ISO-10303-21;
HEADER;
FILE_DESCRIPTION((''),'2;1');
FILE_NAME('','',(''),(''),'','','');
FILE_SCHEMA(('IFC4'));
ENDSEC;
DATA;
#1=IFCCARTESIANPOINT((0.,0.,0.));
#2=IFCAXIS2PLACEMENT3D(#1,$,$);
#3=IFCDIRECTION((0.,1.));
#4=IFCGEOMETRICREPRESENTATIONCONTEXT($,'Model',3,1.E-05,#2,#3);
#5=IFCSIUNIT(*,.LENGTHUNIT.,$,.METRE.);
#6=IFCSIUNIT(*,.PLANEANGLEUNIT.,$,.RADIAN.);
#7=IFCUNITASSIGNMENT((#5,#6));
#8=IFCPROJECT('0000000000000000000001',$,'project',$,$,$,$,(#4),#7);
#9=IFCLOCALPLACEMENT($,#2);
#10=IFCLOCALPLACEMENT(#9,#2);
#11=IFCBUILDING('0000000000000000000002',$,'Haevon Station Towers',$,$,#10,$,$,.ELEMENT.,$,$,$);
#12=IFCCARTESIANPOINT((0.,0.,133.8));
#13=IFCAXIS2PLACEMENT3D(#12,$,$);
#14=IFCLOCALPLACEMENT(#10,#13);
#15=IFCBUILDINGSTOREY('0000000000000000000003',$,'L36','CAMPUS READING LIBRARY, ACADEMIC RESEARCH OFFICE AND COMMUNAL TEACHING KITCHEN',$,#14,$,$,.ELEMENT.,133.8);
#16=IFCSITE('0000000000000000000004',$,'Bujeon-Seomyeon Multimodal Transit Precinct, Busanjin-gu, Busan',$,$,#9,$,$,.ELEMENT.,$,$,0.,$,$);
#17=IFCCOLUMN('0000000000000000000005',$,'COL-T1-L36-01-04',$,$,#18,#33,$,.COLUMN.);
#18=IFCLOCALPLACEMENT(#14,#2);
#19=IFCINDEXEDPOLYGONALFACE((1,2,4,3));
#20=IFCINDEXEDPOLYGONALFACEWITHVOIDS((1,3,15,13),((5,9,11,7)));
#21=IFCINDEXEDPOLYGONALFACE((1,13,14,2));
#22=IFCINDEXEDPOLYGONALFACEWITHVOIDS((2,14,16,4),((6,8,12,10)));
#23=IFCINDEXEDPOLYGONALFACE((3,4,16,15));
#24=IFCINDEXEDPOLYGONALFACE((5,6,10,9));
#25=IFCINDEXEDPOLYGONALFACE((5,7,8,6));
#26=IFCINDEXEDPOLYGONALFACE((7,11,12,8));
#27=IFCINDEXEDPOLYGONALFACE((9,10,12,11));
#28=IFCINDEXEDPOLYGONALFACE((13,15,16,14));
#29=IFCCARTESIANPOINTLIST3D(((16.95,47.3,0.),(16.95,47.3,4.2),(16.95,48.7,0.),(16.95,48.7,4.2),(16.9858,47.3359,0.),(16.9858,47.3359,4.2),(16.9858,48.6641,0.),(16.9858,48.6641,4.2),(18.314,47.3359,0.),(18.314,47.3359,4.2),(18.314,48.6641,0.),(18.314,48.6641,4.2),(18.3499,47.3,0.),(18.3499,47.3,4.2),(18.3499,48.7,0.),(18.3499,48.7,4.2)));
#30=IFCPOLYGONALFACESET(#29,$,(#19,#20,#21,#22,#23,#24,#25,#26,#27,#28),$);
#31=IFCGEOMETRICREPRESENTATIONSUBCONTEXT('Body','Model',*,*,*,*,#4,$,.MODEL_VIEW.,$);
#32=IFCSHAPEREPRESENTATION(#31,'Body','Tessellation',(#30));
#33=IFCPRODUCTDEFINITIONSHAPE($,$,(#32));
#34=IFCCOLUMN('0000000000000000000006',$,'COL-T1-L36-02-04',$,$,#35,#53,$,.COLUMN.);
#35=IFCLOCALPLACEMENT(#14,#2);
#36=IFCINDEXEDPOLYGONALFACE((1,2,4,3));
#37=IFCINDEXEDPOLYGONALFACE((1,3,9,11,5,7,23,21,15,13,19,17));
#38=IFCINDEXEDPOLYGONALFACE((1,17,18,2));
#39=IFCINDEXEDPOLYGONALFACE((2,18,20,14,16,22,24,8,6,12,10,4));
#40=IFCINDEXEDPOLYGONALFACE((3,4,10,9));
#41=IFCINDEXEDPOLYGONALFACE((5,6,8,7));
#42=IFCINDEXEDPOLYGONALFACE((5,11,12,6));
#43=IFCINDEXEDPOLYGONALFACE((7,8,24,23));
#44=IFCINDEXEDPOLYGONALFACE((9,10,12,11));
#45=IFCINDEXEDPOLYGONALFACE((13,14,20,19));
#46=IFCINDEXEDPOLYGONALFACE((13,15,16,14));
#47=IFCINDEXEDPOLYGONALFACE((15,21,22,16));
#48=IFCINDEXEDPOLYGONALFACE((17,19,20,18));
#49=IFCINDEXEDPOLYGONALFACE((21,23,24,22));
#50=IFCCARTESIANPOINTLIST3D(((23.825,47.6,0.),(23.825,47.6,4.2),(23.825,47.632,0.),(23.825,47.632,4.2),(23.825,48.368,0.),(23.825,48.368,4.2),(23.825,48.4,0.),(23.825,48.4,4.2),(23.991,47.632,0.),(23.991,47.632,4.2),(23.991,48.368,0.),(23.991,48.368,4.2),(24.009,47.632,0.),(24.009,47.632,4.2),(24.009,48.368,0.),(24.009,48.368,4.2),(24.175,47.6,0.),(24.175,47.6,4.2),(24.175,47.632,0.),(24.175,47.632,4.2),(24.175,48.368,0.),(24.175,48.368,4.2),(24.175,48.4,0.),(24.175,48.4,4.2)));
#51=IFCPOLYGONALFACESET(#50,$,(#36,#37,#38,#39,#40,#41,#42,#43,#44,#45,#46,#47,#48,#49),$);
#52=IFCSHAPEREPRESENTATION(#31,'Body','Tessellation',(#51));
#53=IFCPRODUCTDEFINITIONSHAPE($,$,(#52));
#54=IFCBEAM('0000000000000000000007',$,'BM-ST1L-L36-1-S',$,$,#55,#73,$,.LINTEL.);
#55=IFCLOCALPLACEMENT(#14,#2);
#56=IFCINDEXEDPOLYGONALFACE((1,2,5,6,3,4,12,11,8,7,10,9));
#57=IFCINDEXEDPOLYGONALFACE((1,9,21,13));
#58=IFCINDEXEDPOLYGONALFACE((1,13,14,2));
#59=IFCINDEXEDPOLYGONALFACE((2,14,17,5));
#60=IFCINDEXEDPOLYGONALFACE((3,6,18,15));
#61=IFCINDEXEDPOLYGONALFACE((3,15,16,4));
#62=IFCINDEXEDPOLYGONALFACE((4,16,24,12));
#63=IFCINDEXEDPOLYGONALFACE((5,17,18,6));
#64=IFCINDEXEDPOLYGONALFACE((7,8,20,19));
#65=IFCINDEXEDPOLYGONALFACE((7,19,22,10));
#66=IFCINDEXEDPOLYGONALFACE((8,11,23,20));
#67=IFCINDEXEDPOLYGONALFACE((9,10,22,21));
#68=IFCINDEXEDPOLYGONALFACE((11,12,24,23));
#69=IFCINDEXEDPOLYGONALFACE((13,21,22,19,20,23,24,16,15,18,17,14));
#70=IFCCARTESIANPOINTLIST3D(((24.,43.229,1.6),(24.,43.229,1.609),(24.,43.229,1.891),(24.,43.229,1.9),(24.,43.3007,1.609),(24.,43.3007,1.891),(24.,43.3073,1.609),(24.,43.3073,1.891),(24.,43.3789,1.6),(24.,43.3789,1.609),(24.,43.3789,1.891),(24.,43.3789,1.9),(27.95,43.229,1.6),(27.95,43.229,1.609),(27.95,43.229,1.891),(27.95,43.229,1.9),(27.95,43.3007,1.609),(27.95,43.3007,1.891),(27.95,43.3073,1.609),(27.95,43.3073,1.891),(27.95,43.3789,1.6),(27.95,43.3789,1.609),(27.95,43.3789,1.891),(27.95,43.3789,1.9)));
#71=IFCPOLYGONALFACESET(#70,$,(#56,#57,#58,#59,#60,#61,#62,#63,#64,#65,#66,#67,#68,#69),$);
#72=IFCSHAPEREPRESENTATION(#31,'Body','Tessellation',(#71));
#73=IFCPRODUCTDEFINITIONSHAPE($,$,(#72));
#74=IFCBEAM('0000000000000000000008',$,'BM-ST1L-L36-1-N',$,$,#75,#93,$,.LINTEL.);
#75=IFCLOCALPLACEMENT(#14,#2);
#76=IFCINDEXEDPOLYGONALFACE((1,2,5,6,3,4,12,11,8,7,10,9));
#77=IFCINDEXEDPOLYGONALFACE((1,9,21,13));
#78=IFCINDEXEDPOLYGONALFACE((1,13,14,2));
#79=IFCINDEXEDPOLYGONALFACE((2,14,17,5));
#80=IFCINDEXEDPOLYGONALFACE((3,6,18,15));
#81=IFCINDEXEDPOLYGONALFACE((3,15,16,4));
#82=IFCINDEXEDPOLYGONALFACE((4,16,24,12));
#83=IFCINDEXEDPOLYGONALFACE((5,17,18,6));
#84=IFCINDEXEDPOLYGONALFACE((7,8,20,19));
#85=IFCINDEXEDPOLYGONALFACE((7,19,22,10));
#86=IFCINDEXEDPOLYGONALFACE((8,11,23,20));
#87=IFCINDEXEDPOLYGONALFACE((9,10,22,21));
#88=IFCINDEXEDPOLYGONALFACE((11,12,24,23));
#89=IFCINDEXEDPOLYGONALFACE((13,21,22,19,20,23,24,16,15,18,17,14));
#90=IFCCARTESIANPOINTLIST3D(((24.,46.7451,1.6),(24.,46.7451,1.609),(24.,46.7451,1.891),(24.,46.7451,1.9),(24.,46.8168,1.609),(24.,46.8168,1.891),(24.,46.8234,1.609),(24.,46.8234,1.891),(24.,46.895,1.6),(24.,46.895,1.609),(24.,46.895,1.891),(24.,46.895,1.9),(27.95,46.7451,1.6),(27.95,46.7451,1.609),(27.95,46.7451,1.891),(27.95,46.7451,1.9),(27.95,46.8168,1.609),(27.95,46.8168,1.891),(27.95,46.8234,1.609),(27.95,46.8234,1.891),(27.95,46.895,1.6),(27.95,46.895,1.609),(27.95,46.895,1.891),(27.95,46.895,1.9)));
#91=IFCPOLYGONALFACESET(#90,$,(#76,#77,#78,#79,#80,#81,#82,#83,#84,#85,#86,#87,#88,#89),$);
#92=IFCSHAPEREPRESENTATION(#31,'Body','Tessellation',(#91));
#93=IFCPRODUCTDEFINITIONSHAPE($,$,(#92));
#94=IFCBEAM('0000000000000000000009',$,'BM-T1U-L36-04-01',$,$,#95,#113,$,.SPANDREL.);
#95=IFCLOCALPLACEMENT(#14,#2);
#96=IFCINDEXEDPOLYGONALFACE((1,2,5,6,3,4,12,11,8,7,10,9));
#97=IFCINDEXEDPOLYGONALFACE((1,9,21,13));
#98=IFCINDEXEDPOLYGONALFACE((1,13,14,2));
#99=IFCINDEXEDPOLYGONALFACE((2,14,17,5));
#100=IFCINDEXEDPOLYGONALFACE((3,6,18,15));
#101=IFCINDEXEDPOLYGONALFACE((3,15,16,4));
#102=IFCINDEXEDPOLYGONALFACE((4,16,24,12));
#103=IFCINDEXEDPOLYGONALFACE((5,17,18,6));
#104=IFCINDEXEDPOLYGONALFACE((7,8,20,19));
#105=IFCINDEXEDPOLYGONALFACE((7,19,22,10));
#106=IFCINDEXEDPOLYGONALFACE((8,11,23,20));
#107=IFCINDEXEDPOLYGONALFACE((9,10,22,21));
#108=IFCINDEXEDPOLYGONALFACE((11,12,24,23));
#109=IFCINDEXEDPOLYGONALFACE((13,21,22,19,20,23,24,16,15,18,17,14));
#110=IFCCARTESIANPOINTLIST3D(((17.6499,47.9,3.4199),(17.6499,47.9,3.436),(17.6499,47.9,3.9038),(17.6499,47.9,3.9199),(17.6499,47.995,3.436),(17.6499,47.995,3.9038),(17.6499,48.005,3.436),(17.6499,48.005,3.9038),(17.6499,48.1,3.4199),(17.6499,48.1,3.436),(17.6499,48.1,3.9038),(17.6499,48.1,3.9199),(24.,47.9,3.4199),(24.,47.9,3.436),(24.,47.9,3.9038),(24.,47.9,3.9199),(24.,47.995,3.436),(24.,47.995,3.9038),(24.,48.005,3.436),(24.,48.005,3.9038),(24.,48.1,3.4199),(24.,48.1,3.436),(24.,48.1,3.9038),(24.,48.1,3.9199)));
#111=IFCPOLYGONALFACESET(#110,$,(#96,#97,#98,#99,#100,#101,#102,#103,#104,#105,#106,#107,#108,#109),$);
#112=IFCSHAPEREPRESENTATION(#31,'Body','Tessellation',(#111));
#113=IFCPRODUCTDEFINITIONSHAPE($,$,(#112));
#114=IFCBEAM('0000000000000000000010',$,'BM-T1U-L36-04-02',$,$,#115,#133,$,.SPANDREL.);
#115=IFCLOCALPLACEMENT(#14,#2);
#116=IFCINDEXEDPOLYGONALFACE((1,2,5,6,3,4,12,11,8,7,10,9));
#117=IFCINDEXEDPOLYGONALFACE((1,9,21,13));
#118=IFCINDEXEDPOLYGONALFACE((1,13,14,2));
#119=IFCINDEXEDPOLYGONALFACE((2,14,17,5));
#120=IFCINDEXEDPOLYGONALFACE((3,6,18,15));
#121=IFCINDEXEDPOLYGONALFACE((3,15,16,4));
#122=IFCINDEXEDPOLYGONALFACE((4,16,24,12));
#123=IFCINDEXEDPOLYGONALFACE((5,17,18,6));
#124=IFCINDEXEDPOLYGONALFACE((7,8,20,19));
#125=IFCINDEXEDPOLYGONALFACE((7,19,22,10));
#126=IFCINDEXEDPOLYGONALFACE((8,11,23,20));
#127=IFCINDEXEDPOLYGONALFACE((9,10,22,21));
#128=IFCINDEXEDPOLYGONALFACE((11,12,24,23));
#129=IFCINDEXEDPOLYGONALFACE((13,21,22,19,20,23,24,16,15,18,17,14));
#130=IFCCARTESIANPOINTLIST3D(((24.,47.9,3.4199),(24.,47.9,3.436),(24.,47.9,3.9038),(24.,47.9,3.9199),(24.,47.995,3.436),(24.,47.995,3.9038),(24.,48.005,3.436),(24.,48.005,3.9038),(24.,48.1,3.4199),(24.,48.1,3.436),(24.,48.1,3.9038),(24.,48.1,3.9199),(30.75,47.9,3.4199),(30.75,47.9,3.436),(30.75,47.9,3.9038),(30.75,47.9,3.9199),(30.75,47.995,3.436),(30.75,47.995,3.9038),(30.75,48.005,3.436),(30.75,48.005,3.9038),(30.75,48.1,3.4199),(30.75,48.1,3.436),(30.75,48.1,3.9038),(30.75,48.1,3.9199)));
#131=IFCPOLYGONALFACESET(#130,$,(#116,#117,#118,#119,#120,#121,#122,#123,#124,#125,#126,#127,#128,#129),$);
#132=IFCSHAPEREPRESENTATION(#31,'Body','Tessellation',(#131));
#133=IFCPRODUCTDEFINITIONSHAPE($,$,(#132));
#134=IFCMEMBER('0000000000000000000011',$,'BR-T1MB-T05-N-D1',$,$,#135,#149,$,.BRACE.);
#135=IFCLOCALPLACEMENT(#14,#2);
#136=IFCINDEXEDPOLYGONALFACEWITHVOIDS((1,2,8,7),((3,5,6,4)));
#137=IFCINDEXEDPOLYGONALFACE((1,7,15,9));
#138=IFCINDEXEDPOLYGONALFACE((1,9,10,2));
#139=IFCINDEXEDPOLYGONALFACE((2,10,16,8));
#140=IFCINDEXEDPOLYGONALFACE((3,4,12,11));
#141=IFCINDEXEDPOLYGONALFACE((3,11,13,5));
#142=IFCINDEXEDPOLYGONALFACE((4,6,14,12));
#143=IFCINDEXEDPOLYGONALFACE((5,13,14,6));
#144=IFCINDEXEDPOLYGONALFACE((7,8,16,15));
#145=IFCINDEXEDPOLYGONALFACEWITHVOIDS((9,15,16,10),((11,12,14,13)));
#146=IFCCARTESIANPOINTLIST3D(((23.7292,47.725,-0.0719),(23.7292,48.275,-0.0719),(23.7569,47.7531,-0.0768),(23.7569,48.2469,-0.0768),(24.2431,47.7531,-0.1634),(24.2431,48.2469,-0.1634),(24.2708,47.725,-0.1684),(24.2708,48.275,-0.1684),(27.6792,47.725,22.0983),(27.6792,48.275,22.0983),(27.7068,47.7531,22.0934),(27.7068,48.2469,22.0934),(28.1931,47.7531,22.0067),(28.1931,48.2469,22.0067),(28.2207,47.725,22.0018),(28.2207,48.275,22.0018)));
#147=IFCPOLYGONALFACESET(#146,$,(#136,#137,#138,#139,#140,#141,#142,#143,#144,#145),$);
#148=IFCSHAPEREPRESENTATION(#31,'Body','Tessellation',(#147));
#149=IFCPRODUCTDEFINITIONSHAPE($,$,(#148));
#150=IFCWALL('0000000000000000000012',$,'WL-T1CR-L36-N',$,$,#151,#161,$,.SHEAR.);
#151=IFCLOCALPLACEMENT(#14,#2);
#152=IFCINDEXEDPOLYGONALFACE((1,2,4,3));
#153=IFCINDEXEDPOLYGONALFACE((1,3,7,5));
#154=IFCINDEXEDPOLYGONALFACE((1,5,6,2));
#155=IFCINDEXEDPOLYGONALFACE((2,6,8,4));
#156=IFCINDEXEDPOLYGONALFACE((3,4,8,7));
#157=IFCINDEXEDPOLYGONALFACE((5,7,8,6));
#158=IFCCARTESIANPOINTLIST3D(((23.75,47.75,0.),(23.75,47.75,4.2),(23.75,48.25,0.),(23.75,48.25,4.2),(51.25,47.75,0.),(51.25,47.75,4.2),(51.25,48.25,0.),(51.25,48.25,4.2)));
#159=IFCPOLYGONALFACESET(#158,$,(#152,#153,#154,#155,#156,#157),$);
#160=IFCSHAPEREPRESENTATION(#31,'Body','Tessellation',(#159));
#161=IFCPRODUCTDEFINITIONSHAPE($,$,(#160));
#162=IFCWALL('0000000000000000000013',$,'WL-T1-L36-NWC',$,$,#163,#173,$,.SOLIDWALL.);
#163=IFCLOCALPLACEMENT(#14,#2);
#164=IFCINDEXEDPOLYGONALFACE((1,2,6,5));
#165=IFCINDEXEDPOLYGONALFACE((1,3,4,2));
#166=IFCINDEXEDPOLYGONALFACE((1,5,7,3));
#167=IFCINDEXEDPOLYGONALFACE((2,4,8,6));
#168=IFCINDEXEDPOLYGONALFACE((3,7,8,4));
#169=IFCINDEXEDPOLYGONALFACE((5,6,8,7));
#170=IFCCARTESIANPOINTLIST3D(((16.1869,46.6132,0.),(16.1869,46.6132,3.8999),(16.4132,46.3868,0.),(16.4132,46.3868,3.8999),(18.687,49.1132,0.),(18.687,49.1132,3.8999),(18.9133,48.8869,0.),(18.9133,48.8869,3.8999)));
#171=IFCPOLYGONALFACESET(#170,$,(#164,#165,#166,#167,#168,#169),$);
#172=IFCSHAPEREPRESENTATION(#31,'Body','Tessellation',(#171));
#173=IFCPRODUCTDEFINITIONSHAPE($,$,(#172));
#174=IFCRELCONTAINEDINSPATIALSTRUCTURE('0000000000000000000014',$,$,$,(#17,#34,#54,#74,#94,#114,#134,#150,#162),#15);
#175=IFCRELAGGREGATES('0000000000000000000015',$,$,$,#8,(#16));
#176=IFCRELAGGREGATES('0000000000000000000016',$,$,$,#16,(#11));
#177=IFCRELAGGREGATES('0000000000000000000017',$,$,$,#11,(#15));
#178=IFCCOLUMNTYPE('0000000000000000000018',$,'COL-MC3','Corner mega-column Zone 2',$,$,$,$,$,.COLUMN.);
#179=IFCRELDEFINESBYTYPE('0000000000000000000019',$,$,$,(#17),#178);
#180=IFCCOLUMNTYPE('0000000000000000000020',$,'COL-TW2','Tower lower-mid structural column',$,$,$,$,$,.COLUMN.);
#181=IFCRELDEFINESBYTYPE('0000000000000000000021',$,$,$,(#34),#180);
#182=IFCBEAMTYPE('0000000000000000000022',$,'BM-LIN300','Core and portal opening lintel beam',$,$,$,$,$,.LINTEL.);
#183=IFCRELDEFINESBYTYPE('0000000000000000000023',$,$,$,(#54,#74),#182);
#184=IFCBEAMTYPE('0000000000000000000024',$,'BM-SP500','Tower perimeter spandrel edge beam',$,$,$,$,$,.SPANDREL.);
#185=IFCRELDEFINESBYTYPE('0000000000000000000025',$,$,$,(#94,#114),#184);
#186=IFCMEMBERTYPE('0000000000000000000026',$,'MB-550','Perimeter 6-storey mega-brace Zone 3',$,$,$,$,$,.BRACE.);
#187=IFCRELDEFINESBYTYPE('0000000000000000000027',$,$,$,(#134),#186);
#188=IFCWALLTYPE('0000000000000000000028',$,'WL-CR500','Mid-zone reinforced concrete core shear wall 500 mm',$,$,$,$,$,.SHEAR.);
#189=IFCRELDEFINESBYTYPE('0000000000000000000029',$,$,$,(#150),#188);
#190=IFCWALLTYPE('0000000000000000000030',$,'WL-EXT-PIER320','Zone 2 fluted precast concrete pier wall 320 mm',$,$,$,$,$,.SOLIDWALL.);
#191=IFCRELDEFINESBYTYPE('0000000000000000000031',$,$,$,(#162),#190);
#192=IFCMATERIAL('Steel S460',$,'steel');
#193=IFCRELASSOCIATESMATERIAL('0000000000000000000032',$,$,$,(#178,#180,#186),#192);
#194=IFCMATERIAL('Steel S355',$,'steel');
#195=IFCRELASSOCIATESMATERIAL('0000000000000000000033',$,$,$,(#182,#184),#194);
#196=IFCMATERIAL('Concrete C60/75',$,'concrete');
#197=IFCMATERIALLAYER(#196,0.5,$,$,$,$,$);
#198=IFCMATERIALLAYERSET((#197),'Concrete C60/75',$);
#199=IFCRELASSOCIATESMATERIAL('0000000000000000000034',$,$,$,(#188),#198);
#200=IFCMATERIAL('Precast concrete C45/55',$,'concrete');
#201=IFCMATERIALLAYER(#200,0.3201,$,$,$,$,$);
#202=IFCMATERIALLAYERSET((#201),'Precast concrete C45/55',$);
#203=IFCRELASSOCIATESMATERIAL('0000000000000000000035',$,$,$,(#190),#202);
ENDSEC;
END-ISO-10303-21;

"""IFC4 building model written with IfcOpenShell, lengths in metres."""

from ifc_helpers import new_model, si_unit, direction, frame, frame_2d, origin, origin_2d, place, context, subcontext, project, spatial, rectangle, hollow_rectangle, i_section, extrude, material, layer, layer_set, material_profile, profile_set, type_object, element, save


model = new_model("IFC4")

# Units and contexts
model_context = context("Model", 3, precision=1e-05, world=origin(), true_north=direction((0.0, 1.0)))
body_context = subcontext(model_context, "Body", "Model", "MODEL_VIEW")
ifc_project = project(units=[si_unit("LENGTHUNIT", "METRE"), si_unit("PLANEANGLEUNIT", "RADIAN")], contexts=[model_context])

# Site, building, storey
site_placement = place(None, origin())
site = spatial("IfcSite", under=ifc_project, at=site_placement, Name="Bujeon-Seomyeon Multimodal Transit Precinct, Busanjin-gu, Busan", CompositionType="ELEMENT", RefElevation=0.0)
building_placement = place(site_placement, origin())
building = spatial("IfcBuilding", under=site, at=building_placement, Name="Haevon Station Towers", CompositionType="ELEMENT")
storey_placement = place(building_placement, frame((0.0, 0.0, 133.8)))
storey = spatial("IfcBuildingStorey", under=building, at=storey_placement, Name="L36", Description="CAMPUS READING LIBRARY, ACADEMIC RESEARCH OFFICE AND COMMUNAL TEACHING KITCHEN", CompositionType="ELEMENT", Elevation=133.8)

# Columns
ifc_material_1 = material(Name="Steel S460", Category="steel")
ifc_material_profile_1 = material_profile(ifc_material_1, hollow_rectangle(XDim=1.3999, YDim=1.3999, WallThickness=0.0359, at=origin_2d()), Name="BOX-1400x1400x36")
ifc_profile_set_1 = profile_set([ifc_material_profile_1], Name="Steel S460")
column_type_1 = type_object("IfcColumnType", Name="COL-MC3", Description="Corner mega-column Zone 2", PredefinedType="COLUMN", material=ifc_profile_set_1)
column_1_placement = place(storey_placement, frame((17.6499, 48.0, 0.0), z_axis=(0.0, 0.0, 1.0), x_axis=(1.0, 0.0, 0.0)))
element("IfcColumn", 1, at=column_1_placement, inside=storey, type_object=column_type_1, Name="COL-T1-L36-01-04", PredefinedType="COLUMN", context=body_context, shape_type="SweptSolid", body=[
    extrude(hollow_rectangle(XDim=1.3999, YDim=1.3999, WallThickness=0.0359, at=origin_2d()), origin(), (0.0, 0.0, 1.0), 4.2),
])
ifc_material_profile_2 = material_profile(ifc_material_1, i_section(OverallWidth=0.3501, OverallDepth=0.8, WebThickness=0.0181, FlangeThickness=0.032, at=origin_2d()), Name="H-800x350x18x32")
ifc_profile_set_2 = profile_set([ifc_material_profile_2], Name="Steel S460")
column_type_2 = type_object("IfcColumnType", Name="COL-TW2", Description="Tower lower-mid structural column", PredefinedType="COLUMN", material=ifc_profile_set_2)
column_2_placement = place(storey_placement, frame((24.0, 48.0, 0.0), z_axis=(0.0, 0.0, 1.0), x_axis=(1.0, 0.0, 0.0)))
element("IfcColumn", 2, at=column_2_placement, inside=storey, type_object=column_type_2, Name="COL-T1-L36-02-04", PredefinedType="COLUMN", context=body_context, shape_type="SweptSolid", body=[
    extrude(i_section(OverallWidth=0.3501, OverallDepth=0.8, WebThickness=0.0181, FlangeThickness=0.032, at=origin_2d()), origin(), (0.0, 0.0, 1.0), 4.2),
])

# Beams
ifc_material_2 = material(Name="Steel S355", Category="steel")
ifc_material_profile_3 = material_profile(ifc_material_2, i_section(OverallWidth=0.1499, OverallDepth=0.3, WebThickness=0.0066, FlangeThickness=0.009, at=origin_2d()), Name="H-300x150x6.5x9")
ifc_profile_set_3 = profile_set([ifc_material_profile_3], Name="Steel S355")
beam_type_1 = type_object("IfcBeamType", Name="BM-LIN300", Description="Core and portal opening lintel beam", PredefinedType="LINTEL", material=ifc_profile_set_3)
for number, where, z_axis, x_axis, name in (
    (3, (24.0, 43.304, 1.75), (1.0, 0.0, 0.0), (0.0, 1.0, 0.0), "BM-ST1L-L36-1-S"),
    (4, (24.0, 46.8201, 1.75), (1.0, 0.0, 0.0), (0.0, 1.0, 0.0), "BM-ST1L-L36-1-N"),
):
    element("IfcBeam", number, at=place(storey_placement, frame(where, z_axis=z_axis, x_axis=x_axis)), inside=storey, type_object=beam_type_1, Name=name, PredefinedType="LINTEL", context=body_context, shape_type="SweptSolid", body=[
        extrude(i_section(OverallWidth=0.1499, OverallDepth=0.3, WebThickness=0.0066, FlangeThickness=0.009, at=origin_2d()), origin(), (0.0, 0.0, 1.0), 3.95),
    ])
ifc_material_profile_4 = material_profile(ifc_material_2, i_section(OverallWidth=0.2, OverallDepth=0.5, WebThickness=0.01, FlangeThickness=0.0161, at=origin_2d()), Name="H-500x200x10x16")
ifc_profile_set_4 = profile_set([ifc_material_profile_4], Name="Steel S355")
beam_type_2 = type_object("IfcBeamType", Name="BM-SP500", Description="Tower perimeter spandrel edge beam", PredefinedType="SPANDREL", material=ifc_profile_set_4)
beam_1_placement = place(storey_placement, frame((17.6499, 48.0, 3.6699), z_axis=(1.0, 0.0, 0.0), x_axis=(0.0, 1.0, 0.0)))
element("IfcBeam", 5, at=beam_1_placement, inside=storey, type_object=beam_type_2, Name="BM-T1U-L36-04-01", PredefinedType="SPANDREL", context=body_context, shape_type="SweptSolid", body=[
    extrude(i_section(OverallWidth=0.2, OverallDepth=0.5, WebThickness=0.01, FlangeThickness=0.0161, at=origin_2d()), origin(), (0.0, 0.0, 1.0), 6.3501),
])
beam_2_placement = place(storey_placement, frame((24.0, 48.0, 3.6699), z_axis=(1.0, 0.0, 0.0), x_axis=(0.0, 1.0, 0.0)))
element("IfcBeam", 6, at=beam_2_placement, inside=storey, type_object=beam_type_2, Name="BM-T1U-L36-04-02", PredefinedType="SPANDREL", context=body_context, shape_type="SweptSolid", body=[
    extrude(i_section(OverallWidth=0.2, OverallDepth=0.5, WebThickness=0.01, FlangeThickness=0.0161, at=origin_2d()), origin(), (0.0, 0.0, 1.0), 6.75),
])

# Member
ifc_material_profile_5 = material_profile(ifc_material_1, hollow_rectangle(XDim=0.55, YDim=0.55, WallThickness=0.0281, at=origin_2d()), Name="RHS-550x550x28")
ifc_profile_set_5 = profile_set([ifc_material_profile_5], Name="Steel S460")
member_type = type_object("IfcMemberType", Name="MB-550", Description="Perimeter 6-storey mega-brace Zone 3", PredefinedType="BRACE", material=ifc_profile_set_5)
member_placement = place(storey_placement, frame((24.0, 48.0, -0.1201), z_axis=(0.175403, 0.0, 0.984497), x_axis=(0.0, 1.0, 0.0)))
element("IfcMember", 7, at=member_placement, inside=storey, type_object=member_type, Name="BR-T1MB-T05-N-D1", PredefinedType="BRACE", context=body_context, shape_type="SweptSolid", body=[
    extrude(hollow_rectangle(XDim=0.55, YDim=0.55, WallThickness=0.0281, at=origin_2d()), origin(), (0.0, 0.0, 1.0), 22.5193),
])

# Walls
ifc_material_3 = material(Name="Concrete C60/75", Category="concrete")
ifc_layer_1 = layer(ifc_material_3, 0.5)
ifc_layer_set_1 = layer_set([ifc_layer_1], Name="Concrete C60/75")
wall_type_1 = type_object("IfcWallType", Name="WL-CR500", Description="Mid-zone reinforced concrete core shear wall 500 mm", PredefinedType="SHEAR", material=ifc_layer_set_1)
wall_1_placement = place(storey_placement, frame((23.75, 48.0, 0.0), z_axis=(0.0, 0.0, 1.0), x_axis=(1.0, 0.0, 0.0)))
element("IfcWall", 8, at=wall_1_placement, inside=storey, type_object=wall_type_1, Name="WL-T1CR-L36-N", PredefinedType="SHEAR", context=body_context, shape_type="SweptSolid", body=[
    extrude(rectangle(XDim=27.5, YDim=0.5, at=frame_2d((13.75, 0.0))), origin(), (0.0, 0.0, 1.0), 4.2),
])
ifc_material_4 = material(Name="Precast concrete C45/55", Category="concrete")
ifc_layer_2 = layer(ifc_material_4, 0.3201)
ifc_layer_set_2 = layer_set([ifc_layer_2], Name="Precast concrete C45/55")
wall_type_2 = type_object("IfcWallType", Name="WL-EXT-PIER320", Description="Zone 2 fluted precast concrete pier wall 320 mm", PredefinedType="SOLIDWALL", material=ifc_layer_set_2)
wall_2_placement = place(storey_placement, frame((16.3, 46.5, 0.0), z_axis=(0.0, 0.0, 1.0), x_axis=(0.707107, 0.707107, 0.0)))
element("IfcWall", 9, at=wall_2_placement, inside=storey, type_object=wall_type_2, Name="WL-T1-L36-NWC", PredefinedType="SOLIDWALL", context=body_context, shape_type="SweptSolid", body=[
    extrude(rectangle(XDim=3.5356, YDim=0.3201, at=frame_2d((1.7678, 0.0))), origin(), (0.0, 0.0, 1.0), 3.8999),
])

save(model, "model.ifc")
